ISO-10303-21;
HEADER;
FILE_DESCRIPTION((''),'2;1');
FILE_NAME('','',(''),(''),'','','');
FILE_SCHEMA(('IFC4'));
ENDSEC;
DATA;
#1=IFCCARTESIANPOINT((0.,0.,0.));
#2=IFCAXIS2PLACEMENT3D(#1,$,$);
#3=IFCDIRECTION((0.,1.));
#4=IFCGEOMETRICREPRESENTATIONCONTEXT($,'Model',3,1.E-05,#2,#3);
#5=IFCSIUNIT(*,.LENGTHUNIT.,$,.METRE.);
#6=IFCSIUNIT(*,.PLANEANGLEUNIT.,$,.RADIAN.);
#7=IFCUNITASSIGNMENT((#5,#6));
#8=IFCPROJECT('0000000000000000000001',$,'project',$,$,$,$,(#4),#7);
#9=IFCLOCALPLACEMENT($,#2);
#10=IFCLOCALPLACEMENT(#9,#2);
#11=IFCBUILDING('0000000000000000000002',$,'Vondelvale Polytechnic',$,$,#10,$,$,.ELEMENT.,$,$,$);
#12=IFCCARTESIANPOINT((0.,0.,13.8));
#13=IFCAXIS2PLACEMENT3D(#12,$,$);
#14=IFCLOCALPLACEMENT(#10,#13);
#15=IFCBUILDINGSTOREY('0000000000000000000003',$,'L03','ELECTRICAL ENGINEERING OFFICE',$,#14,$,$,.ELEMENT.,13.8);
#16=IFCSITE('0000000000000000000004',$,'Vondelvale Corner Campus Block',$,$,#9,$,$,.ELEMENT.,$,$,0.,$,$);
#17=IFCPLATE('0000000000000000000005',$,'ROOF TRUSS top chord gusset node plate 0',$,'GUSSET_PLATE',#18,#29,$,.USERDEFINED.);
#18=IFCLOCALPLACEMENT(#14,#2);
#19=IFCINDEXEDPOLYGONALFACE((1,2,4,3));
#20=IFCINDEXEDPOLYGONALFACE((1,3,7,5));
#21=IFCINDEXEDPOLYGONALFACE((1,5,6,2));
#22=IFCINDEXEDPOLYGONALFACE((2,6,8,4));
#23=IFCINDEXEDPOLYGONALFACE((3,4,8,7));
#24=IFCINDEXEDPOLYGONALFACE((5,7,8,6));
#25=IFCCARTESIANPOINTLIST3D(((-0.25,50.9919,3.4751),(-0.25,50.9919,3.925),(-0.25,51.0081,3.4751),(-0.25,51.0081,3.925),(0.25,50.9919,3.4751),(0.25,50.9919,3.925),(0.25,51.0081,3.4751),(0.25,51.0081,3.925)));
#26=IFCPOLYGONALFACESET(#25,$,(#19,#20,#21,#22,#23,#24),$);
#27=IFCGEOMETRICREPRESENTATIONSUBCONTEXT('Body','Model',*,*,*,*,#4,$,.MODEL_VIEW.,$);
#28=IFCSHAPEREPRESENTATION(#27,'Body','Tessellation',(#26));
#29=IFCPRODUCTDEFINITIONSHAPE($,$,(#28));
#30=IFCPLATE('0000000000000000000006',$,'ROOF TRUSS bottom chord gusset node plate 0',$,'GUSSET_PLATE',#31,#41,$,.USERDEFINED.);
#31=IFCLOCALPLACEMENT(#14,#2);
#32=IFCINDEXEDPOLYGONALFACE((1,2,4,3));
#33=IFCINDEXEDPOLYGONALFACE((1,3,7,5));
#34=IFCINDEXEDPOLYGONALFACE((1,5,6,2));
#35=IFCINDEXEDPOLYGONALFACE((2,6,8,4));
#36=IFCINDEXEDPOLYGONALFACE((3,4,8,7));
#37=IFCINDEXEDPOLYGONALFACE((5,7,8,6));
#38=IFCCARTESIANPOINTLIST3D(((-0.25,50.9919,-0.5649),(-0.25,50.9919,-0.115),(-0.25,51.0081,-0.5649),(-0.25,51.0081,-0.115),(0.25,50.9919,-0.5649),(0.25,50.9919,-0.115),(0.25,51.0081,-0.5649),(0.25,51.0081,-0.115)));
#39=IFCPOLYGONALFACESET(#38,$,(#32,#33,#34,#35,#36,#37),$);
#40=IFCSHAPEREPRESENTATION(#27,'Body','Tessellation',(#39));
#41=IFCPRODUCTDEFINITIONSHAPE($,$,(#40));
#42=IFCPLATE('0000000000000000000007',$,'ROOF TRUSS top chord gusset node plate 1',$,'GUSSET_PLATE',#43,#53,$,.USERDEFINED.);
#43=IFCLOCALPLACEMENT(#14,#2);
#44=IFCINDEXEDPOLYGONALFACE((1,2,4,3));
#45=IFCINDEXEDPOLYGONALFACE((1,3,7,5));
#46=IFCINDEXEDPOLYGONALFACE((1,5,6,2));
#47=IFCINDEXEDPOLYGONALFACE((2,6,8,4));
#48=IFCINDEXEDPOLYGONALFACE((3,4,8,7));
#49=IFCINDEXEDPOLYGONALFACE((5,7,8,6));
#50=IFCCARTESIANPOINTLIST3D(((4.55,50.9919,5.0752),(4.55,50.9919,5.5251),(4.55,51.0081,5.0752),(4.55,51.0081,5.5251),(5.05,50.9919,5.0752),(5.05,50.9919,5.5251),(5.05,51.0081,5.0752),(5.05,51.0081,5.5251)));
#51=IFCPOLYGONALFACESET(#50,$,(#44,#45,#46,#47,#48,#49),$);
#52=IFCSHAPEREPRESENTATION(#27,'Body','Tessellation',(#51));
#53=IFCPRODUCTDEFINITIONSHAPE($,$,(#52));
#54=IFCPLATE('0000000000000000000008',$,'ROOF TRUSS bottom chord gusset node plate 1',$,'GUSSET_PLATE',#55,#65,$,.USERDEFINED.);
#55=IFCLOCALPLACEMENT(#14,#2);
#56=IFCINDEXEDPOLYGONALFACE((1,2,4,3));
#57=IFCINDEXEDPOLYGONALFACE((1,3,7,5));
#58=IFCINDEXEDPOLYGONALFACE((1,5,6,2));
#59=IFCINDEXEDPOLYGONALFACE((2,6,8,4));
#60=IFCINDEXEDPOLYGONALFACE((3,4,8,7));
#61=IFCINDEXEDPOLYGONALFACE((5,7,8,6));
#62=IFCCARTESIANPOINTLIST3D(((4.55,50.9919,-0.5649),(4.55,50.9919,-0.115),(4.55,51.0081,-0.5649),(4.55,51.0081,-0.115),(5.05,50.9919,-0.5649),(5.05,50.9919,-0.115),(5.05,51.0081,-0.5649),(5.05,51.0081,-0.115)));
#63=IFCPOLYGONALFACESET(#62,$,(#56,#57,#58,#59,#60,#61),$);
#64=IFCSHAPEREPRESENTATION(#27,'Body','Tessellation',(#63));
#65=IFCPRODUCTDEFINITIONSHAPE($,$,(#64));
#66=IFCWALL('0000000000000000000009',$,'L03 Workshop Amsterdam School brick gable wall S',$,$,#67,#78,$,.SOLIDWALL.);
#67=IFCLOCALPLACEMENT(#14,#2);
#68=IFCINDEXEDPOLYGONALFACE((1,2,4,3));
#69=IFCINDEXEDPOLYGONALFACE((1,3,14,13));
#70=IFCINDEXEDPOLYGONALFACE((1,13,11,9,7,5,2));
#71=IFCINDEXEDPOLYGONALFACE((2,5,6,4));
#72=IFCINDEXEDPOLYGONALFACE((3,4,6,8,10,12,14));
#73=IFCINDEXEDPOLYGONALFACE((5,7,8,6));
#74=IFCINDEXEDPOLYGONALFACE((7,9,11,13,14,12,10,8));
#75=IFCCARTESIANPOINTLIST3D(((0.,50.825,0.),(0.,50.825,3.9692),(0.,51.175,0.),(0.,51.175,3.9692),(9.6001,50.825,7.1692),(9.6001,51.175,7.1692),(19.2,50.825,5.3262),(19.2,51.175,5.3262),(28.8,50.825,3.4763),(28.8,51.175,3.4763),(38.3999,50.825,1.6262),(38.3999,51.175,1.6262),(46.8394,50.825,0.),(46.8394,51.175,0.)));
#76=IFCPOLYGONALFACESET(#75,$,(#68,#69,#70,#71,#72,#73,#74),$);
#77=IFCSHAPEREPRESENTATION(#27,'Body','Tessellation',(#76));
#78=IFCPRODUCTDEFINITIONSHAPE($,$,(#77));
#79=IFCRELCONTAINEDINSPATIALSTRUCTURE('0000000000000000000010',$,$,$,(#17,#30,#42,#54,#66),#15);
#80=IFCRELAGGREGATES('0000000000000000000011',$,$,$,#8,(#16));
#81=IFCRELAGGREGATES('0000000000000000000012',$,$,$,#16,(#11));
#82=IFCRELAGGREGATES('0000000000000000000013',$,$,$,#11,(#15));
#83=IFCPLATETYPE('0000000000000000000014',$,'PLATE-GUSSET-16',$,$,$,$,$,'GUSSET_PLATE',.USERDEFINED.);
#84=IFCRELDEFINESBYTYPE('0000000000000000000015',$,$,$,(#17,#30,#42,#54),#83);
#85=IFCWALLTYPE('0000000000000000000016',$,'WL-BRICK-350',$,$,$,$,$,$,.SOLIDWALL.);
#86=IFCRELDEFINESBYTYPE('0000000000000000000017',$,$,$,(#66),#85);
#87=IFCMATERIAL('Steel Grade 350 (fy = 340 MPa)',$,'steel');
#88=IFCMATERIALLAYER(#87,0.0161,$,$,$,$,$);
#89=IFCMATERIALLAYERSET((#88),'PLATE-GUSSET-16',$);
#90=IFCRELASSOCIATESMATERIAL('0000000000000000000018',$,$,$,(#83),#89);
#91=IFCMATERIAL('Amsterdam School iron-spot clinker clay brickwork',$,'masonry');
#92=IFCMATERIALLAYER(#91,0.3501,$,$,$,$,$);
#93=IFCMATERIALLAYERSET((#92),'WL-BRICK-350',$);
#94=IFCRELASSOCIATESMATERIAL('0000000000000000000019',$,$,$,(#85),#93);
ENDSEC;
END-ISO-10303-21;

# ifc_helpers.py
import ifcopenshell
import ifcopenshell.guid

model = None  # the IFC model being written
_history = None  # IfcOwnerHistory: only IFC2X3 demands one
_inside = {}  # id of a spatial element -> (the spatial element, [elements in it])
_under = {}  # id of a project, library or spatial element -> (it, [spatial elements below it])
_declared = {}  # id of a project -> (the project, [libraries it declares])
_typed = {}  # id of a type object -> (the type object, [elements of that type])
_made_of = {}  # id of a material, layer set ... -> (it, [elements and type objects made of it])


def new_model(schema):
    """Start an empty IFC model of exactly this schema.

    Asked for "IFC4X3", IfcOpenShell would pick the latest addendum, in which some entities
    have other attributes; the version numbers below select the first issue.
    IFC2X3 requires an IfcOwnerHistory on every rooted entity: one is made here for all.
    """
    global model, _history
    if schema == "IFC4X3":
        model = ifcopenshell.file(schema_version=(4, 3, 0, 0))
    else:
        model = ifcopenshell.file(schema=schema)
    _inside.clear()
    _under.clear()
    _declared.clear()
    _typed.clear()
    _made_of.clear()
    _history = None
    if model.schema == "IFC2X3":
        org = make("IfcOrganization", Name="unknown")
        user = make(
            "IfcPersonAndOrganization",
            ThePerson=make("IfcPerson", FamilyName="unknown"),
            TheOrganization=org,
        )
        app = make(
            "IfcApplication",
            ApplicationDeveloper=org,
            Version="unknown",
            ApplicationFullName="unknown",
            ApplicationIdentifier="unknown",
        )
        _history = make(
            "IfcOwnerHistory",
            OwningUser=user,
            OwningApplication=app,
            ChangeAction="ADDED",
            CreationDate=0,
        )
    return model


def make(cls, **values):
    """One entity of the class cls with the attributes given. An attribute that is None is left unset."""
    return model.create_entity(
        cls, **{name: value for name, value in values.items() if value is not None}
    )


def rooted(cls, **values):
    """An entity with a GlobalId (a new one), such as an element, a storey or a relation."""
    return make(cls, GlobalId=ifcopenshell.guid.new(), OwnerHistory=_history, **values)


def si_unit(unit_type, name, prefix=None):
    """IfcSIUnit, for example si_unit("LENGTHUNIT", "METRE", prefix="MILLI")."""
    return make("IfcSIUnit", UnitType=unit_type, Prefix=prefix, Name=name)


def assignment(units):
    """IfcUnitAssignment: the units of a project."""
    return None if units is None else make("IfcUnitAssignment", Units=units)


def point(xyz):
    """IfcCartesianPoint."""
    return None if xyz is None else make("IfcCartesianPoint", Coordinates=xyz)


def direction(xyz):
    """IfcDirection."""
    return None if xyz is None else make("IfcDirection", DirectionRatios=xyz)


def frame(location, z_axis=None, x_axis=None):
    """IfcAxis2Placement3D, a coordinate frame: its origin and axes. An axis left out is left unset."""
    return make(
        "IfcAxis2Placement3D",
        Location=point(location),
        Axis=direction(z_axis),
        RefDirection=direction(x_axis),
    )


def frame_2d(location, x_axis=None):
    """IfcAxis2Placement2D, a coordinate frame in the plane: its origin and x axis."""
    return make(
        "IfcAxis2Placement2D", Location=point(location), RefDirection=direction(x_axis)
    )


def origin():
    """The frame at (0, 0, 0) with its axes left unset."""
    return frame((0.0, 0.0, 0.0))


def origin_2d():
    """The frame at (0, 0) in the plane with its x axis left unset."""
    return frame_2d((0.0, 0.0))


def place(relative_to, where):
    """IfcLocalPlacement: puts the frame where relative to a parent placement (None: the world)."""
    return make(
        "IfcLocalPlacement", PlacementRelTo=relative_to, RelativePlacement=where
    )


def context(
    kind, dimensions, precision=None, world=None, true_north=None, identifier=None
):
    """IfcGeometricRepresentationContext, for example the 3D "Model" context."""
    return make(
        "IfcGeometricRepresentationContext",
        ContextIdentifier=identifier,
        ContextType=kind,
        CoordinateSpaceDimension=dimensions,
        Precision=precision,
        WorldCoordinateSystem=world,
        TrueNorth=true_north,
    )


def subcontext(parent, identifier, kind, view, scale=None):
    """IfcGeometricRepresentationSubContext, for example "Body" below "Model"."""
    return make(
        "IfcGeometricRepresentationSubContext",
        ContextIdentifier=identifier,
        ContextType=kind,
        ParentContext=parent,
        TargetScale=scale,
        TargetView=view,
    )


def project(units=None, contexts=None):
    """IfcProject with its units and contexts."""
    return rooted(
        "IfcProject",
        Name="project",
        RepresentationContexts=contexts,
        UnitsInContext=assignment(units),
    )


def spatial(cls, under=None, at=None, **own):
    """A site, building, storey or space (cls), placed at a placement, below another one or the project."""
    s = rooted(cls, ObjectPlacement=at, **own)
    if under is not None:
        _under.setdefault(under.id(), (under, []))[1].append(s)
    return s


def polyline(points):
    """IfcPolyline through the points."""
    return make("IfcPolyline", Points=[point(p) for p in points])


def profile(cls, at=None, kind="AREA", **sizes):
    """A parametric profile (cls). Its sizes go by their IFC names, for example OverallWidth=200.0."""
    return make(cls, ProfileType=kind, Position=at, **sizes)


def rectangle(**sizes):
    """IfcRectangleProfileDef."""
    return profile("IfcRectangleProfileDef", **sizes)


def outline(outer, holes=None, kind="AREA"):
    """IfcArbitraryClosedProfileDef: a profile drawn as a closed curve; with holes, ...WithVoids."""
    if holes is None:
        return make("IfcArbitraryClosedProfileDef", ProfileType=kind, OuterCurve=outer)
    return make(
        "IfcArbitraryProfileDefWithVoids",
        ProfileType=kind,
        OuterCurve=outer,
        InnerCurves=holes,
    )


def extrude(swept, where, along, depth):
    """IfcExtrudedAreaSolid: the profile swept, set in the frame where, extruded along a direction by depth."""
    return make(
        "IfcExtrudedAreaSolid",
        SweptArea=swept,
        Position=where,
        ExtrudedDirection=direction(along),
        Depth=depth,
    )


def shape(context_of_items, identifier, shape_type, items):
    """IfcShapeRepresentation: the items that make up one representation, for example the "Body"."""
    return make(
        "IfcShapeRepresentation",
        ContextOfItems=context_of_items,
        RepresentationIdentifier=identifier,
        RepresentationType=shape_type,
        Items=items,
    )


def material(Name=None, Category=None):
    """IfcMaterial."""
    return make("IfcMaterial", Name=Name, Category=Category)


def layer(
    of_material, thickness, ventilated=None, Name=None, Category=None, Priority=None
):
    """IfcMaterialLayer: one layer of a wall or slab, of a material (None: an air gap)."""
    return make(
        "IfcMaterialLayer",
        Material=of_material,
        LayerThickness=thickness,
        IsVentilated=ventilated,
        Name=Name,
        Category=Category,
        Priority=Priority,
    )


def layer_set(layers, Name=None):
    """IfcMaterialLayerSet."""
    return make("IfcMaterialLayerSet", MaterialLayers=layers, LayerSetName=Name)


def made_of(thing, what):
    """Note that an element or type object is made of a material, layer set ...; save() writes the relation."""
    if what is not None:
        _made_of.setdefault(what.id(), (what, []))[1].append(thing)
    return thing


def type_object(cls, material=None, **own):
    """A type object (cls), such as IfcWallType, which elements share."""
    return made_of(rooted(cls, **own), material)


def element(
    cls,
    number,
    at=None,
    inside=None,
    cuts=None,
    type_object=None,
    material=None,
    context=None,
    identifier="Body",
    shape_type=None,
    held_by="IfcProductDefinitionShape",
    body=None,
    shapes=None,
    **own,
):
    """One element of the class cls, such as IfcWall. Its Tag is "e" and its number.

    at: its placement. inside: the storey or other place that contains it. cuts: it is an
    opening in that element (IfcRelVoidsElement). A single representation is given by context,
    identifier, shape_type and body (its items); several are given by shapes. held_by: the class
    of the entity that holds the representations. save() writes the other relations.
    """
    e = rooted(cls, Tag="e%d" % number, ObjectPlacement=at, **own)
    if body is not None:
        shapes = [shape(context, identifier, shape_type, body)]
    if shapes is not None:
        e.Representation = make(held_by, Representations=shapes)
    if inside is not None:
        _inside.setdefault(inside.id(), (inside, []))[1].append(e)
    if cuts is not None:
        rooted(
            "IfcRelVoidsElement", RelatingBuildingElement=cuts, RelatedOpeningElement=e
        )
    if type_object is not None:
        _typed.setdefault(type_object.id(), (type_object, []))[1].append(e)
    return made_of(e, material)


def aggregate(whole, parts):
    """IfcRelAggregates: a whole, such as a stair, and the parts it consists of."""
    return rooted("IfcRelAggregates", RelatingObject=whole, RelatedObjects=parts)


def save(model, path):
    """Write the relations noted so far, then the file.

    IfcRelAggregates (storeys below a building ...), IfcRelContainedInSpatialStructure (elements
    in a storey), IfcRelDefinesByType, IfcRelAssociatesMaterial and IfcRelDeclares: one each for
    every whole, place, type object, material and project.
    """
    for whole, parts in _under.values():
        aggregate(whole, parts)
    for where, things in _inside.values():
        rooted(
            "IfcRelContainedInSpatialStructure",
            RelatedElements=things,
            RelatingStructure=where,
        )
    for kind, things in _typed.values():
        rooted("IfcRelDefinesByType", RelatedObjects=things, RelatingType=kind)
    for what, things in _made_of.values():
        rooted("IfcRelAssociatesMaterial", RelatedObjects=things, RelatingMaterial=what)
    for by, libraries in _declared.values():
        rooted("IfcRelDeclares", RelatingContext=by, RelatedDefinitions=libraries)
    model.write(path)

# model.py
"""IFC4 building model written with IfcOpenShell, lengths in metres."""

from ifc_helpers import new_model, si_unit, direction, frame, origin, origin_2d, place, context, subcontext, project, spatial, polyline, rectangle, outline, extrude, material, layer, layer_set, type_object, element, save


model = new_model("IFC4")

# Units and contexts
model_context = context("Model", 3, precision=1e-05, world=origin(), true_north=direction((0.0, 1.0)))
body_context = subcontext(model_context, "Body", "Model", "MODEL_VIEW")
ifc_project = project(units=[si_unit("LENGTHUNIT", "METRE"), si_unit("PLANEANGLEUNIT", "RADIAN")], contexts=[model_context])

# Site, building, storey
site_placement = place(None, origin())
site = spatial("IfcSite", under=ifc_project, at=site_placement, Name="Vondelvale Corner Campus Block", CompositionType="ELEMENT", RefElevation=0.0)
building_placement = place(site_placement, origin())
building = spatial("IfcBuilding", under=site, at=building_placement, Name="Vondelvale Polytechnic", CompositionType="ELEMENT")
storey_placement = place(building_placement, frame((0.0, 0.0, 13.8)))
storey = spatial("IfcBuildingStorey", under=building, at=storey_placement, Name="L03", Description="ELECTRICAL ENGINEERING OFFICE", CompositionType="ELEMENT", Elevation=13.8)

# Plates
ifc_material_1 = material(Name="Steel Grade 350 (fy = 340 MPa)", Category="steel")
ifc_layer_1 = layer(ifc_material_1, 0.0161)
ifc_layer_set_1 = layer_set([ifc_layer_1], Name="PLATE-GUSSET-16")
plate_type_1 = type_object("IfcPlateType", Name="PLATE-GUSSET-16", ElementType="GUSSET_PLATE", PredefinedType="USERDEFINED", material=ifc_layer_set_1)
for number, where, z_axis, x_axis, name in (
    (1, (0.0, 51.0, 3.4751), (0.0, 0.0, 1.0), (1.0, 0.0, 0.0), "ROOF TRUSS top chord gusset node plate 0"),
    (2, (0.0, 51.0, -0.5649), (0.0, 0.0, 1.0), (1.0, 0.0, 0.0), "ROOF TRUSS bottom chord gusset node plate 0"),
    (3, (4.8, 51.0, 5.0752), (0.0, 0.0, 1.0), (1.0, 0.0, 0.0), "ROOF TRUSS top chord gusset node plate 1"),
    (4, (4.8, 51.0, -0.5649), (0.0, 0.0, 1.0), (1.0, 0.0, 0.0), "ROOF TRUSS bottom chord gusset node plate 1"),
):
    element("IfcPlate", number, at=place(storey_placement, frame(where, z_axis=z_axis, x_axis=x_axis)), inside=storey, type_object=plate_type_1, Name=name, ObjectType="GUSSET_PLATE", PredefinedType="USERDEFINED", context=body_context, shape_type="SweptSolid", body=[
        extrude(rectangle(XDim=0.5, YDim=0.0161, at=origin_2d()), origin(), (0.0, 0.0, 1.0), 0.45),
    ])

# Wall
ifc_material_2 = material(Name="Amsterdam School iron-spot clinker clay brickwork", Category="masonry")
ifc_layer_2 = layer(ifc_material_2, 0.3501)
ifc_layer_set_2 = layer_set([ifc_layer_2], Name="WL-BRICK-350")
wall_type = type_object("IfcWallType", Name="WL-BRICK-350", PredefinedType="SOLIDWALL", material=ifc_layer_set_2)
wall_placement = place(storey_placement, frame((0.0, 51.0, 0.0), z_axis=(0.0, 0.0, 1.0), x_axis=(1.0, 0.0, 0.0)))
element("IfcWall", 5, at=wall_placement, inside=storey, type_object=wall_type, Name="L03 Workshop Amsterdam School brick gable wall S", PredefinedType="SOLIDWALL", context=body_context, shape_type="SweptSolid", body=[
    extrude(outline(polyline([(0.0, 0.0), (48.0, 0.0), (48.0, -0.2236), (38.3999, 1.6262), (28.8, 3.4763), (19.2, 5.3262), (9.6001, 7.1692), (0.0, 3.9692), (0.0, 0.0)])), frame((0.0, 0.175, 0.0), z_axis=(0.0, -1.0, 0.0), x_axis=(1.0, 0.0, 0.0)), (0.0, 0.0, 1.0), 0.3501),
])

save(model, "model.ifc")
